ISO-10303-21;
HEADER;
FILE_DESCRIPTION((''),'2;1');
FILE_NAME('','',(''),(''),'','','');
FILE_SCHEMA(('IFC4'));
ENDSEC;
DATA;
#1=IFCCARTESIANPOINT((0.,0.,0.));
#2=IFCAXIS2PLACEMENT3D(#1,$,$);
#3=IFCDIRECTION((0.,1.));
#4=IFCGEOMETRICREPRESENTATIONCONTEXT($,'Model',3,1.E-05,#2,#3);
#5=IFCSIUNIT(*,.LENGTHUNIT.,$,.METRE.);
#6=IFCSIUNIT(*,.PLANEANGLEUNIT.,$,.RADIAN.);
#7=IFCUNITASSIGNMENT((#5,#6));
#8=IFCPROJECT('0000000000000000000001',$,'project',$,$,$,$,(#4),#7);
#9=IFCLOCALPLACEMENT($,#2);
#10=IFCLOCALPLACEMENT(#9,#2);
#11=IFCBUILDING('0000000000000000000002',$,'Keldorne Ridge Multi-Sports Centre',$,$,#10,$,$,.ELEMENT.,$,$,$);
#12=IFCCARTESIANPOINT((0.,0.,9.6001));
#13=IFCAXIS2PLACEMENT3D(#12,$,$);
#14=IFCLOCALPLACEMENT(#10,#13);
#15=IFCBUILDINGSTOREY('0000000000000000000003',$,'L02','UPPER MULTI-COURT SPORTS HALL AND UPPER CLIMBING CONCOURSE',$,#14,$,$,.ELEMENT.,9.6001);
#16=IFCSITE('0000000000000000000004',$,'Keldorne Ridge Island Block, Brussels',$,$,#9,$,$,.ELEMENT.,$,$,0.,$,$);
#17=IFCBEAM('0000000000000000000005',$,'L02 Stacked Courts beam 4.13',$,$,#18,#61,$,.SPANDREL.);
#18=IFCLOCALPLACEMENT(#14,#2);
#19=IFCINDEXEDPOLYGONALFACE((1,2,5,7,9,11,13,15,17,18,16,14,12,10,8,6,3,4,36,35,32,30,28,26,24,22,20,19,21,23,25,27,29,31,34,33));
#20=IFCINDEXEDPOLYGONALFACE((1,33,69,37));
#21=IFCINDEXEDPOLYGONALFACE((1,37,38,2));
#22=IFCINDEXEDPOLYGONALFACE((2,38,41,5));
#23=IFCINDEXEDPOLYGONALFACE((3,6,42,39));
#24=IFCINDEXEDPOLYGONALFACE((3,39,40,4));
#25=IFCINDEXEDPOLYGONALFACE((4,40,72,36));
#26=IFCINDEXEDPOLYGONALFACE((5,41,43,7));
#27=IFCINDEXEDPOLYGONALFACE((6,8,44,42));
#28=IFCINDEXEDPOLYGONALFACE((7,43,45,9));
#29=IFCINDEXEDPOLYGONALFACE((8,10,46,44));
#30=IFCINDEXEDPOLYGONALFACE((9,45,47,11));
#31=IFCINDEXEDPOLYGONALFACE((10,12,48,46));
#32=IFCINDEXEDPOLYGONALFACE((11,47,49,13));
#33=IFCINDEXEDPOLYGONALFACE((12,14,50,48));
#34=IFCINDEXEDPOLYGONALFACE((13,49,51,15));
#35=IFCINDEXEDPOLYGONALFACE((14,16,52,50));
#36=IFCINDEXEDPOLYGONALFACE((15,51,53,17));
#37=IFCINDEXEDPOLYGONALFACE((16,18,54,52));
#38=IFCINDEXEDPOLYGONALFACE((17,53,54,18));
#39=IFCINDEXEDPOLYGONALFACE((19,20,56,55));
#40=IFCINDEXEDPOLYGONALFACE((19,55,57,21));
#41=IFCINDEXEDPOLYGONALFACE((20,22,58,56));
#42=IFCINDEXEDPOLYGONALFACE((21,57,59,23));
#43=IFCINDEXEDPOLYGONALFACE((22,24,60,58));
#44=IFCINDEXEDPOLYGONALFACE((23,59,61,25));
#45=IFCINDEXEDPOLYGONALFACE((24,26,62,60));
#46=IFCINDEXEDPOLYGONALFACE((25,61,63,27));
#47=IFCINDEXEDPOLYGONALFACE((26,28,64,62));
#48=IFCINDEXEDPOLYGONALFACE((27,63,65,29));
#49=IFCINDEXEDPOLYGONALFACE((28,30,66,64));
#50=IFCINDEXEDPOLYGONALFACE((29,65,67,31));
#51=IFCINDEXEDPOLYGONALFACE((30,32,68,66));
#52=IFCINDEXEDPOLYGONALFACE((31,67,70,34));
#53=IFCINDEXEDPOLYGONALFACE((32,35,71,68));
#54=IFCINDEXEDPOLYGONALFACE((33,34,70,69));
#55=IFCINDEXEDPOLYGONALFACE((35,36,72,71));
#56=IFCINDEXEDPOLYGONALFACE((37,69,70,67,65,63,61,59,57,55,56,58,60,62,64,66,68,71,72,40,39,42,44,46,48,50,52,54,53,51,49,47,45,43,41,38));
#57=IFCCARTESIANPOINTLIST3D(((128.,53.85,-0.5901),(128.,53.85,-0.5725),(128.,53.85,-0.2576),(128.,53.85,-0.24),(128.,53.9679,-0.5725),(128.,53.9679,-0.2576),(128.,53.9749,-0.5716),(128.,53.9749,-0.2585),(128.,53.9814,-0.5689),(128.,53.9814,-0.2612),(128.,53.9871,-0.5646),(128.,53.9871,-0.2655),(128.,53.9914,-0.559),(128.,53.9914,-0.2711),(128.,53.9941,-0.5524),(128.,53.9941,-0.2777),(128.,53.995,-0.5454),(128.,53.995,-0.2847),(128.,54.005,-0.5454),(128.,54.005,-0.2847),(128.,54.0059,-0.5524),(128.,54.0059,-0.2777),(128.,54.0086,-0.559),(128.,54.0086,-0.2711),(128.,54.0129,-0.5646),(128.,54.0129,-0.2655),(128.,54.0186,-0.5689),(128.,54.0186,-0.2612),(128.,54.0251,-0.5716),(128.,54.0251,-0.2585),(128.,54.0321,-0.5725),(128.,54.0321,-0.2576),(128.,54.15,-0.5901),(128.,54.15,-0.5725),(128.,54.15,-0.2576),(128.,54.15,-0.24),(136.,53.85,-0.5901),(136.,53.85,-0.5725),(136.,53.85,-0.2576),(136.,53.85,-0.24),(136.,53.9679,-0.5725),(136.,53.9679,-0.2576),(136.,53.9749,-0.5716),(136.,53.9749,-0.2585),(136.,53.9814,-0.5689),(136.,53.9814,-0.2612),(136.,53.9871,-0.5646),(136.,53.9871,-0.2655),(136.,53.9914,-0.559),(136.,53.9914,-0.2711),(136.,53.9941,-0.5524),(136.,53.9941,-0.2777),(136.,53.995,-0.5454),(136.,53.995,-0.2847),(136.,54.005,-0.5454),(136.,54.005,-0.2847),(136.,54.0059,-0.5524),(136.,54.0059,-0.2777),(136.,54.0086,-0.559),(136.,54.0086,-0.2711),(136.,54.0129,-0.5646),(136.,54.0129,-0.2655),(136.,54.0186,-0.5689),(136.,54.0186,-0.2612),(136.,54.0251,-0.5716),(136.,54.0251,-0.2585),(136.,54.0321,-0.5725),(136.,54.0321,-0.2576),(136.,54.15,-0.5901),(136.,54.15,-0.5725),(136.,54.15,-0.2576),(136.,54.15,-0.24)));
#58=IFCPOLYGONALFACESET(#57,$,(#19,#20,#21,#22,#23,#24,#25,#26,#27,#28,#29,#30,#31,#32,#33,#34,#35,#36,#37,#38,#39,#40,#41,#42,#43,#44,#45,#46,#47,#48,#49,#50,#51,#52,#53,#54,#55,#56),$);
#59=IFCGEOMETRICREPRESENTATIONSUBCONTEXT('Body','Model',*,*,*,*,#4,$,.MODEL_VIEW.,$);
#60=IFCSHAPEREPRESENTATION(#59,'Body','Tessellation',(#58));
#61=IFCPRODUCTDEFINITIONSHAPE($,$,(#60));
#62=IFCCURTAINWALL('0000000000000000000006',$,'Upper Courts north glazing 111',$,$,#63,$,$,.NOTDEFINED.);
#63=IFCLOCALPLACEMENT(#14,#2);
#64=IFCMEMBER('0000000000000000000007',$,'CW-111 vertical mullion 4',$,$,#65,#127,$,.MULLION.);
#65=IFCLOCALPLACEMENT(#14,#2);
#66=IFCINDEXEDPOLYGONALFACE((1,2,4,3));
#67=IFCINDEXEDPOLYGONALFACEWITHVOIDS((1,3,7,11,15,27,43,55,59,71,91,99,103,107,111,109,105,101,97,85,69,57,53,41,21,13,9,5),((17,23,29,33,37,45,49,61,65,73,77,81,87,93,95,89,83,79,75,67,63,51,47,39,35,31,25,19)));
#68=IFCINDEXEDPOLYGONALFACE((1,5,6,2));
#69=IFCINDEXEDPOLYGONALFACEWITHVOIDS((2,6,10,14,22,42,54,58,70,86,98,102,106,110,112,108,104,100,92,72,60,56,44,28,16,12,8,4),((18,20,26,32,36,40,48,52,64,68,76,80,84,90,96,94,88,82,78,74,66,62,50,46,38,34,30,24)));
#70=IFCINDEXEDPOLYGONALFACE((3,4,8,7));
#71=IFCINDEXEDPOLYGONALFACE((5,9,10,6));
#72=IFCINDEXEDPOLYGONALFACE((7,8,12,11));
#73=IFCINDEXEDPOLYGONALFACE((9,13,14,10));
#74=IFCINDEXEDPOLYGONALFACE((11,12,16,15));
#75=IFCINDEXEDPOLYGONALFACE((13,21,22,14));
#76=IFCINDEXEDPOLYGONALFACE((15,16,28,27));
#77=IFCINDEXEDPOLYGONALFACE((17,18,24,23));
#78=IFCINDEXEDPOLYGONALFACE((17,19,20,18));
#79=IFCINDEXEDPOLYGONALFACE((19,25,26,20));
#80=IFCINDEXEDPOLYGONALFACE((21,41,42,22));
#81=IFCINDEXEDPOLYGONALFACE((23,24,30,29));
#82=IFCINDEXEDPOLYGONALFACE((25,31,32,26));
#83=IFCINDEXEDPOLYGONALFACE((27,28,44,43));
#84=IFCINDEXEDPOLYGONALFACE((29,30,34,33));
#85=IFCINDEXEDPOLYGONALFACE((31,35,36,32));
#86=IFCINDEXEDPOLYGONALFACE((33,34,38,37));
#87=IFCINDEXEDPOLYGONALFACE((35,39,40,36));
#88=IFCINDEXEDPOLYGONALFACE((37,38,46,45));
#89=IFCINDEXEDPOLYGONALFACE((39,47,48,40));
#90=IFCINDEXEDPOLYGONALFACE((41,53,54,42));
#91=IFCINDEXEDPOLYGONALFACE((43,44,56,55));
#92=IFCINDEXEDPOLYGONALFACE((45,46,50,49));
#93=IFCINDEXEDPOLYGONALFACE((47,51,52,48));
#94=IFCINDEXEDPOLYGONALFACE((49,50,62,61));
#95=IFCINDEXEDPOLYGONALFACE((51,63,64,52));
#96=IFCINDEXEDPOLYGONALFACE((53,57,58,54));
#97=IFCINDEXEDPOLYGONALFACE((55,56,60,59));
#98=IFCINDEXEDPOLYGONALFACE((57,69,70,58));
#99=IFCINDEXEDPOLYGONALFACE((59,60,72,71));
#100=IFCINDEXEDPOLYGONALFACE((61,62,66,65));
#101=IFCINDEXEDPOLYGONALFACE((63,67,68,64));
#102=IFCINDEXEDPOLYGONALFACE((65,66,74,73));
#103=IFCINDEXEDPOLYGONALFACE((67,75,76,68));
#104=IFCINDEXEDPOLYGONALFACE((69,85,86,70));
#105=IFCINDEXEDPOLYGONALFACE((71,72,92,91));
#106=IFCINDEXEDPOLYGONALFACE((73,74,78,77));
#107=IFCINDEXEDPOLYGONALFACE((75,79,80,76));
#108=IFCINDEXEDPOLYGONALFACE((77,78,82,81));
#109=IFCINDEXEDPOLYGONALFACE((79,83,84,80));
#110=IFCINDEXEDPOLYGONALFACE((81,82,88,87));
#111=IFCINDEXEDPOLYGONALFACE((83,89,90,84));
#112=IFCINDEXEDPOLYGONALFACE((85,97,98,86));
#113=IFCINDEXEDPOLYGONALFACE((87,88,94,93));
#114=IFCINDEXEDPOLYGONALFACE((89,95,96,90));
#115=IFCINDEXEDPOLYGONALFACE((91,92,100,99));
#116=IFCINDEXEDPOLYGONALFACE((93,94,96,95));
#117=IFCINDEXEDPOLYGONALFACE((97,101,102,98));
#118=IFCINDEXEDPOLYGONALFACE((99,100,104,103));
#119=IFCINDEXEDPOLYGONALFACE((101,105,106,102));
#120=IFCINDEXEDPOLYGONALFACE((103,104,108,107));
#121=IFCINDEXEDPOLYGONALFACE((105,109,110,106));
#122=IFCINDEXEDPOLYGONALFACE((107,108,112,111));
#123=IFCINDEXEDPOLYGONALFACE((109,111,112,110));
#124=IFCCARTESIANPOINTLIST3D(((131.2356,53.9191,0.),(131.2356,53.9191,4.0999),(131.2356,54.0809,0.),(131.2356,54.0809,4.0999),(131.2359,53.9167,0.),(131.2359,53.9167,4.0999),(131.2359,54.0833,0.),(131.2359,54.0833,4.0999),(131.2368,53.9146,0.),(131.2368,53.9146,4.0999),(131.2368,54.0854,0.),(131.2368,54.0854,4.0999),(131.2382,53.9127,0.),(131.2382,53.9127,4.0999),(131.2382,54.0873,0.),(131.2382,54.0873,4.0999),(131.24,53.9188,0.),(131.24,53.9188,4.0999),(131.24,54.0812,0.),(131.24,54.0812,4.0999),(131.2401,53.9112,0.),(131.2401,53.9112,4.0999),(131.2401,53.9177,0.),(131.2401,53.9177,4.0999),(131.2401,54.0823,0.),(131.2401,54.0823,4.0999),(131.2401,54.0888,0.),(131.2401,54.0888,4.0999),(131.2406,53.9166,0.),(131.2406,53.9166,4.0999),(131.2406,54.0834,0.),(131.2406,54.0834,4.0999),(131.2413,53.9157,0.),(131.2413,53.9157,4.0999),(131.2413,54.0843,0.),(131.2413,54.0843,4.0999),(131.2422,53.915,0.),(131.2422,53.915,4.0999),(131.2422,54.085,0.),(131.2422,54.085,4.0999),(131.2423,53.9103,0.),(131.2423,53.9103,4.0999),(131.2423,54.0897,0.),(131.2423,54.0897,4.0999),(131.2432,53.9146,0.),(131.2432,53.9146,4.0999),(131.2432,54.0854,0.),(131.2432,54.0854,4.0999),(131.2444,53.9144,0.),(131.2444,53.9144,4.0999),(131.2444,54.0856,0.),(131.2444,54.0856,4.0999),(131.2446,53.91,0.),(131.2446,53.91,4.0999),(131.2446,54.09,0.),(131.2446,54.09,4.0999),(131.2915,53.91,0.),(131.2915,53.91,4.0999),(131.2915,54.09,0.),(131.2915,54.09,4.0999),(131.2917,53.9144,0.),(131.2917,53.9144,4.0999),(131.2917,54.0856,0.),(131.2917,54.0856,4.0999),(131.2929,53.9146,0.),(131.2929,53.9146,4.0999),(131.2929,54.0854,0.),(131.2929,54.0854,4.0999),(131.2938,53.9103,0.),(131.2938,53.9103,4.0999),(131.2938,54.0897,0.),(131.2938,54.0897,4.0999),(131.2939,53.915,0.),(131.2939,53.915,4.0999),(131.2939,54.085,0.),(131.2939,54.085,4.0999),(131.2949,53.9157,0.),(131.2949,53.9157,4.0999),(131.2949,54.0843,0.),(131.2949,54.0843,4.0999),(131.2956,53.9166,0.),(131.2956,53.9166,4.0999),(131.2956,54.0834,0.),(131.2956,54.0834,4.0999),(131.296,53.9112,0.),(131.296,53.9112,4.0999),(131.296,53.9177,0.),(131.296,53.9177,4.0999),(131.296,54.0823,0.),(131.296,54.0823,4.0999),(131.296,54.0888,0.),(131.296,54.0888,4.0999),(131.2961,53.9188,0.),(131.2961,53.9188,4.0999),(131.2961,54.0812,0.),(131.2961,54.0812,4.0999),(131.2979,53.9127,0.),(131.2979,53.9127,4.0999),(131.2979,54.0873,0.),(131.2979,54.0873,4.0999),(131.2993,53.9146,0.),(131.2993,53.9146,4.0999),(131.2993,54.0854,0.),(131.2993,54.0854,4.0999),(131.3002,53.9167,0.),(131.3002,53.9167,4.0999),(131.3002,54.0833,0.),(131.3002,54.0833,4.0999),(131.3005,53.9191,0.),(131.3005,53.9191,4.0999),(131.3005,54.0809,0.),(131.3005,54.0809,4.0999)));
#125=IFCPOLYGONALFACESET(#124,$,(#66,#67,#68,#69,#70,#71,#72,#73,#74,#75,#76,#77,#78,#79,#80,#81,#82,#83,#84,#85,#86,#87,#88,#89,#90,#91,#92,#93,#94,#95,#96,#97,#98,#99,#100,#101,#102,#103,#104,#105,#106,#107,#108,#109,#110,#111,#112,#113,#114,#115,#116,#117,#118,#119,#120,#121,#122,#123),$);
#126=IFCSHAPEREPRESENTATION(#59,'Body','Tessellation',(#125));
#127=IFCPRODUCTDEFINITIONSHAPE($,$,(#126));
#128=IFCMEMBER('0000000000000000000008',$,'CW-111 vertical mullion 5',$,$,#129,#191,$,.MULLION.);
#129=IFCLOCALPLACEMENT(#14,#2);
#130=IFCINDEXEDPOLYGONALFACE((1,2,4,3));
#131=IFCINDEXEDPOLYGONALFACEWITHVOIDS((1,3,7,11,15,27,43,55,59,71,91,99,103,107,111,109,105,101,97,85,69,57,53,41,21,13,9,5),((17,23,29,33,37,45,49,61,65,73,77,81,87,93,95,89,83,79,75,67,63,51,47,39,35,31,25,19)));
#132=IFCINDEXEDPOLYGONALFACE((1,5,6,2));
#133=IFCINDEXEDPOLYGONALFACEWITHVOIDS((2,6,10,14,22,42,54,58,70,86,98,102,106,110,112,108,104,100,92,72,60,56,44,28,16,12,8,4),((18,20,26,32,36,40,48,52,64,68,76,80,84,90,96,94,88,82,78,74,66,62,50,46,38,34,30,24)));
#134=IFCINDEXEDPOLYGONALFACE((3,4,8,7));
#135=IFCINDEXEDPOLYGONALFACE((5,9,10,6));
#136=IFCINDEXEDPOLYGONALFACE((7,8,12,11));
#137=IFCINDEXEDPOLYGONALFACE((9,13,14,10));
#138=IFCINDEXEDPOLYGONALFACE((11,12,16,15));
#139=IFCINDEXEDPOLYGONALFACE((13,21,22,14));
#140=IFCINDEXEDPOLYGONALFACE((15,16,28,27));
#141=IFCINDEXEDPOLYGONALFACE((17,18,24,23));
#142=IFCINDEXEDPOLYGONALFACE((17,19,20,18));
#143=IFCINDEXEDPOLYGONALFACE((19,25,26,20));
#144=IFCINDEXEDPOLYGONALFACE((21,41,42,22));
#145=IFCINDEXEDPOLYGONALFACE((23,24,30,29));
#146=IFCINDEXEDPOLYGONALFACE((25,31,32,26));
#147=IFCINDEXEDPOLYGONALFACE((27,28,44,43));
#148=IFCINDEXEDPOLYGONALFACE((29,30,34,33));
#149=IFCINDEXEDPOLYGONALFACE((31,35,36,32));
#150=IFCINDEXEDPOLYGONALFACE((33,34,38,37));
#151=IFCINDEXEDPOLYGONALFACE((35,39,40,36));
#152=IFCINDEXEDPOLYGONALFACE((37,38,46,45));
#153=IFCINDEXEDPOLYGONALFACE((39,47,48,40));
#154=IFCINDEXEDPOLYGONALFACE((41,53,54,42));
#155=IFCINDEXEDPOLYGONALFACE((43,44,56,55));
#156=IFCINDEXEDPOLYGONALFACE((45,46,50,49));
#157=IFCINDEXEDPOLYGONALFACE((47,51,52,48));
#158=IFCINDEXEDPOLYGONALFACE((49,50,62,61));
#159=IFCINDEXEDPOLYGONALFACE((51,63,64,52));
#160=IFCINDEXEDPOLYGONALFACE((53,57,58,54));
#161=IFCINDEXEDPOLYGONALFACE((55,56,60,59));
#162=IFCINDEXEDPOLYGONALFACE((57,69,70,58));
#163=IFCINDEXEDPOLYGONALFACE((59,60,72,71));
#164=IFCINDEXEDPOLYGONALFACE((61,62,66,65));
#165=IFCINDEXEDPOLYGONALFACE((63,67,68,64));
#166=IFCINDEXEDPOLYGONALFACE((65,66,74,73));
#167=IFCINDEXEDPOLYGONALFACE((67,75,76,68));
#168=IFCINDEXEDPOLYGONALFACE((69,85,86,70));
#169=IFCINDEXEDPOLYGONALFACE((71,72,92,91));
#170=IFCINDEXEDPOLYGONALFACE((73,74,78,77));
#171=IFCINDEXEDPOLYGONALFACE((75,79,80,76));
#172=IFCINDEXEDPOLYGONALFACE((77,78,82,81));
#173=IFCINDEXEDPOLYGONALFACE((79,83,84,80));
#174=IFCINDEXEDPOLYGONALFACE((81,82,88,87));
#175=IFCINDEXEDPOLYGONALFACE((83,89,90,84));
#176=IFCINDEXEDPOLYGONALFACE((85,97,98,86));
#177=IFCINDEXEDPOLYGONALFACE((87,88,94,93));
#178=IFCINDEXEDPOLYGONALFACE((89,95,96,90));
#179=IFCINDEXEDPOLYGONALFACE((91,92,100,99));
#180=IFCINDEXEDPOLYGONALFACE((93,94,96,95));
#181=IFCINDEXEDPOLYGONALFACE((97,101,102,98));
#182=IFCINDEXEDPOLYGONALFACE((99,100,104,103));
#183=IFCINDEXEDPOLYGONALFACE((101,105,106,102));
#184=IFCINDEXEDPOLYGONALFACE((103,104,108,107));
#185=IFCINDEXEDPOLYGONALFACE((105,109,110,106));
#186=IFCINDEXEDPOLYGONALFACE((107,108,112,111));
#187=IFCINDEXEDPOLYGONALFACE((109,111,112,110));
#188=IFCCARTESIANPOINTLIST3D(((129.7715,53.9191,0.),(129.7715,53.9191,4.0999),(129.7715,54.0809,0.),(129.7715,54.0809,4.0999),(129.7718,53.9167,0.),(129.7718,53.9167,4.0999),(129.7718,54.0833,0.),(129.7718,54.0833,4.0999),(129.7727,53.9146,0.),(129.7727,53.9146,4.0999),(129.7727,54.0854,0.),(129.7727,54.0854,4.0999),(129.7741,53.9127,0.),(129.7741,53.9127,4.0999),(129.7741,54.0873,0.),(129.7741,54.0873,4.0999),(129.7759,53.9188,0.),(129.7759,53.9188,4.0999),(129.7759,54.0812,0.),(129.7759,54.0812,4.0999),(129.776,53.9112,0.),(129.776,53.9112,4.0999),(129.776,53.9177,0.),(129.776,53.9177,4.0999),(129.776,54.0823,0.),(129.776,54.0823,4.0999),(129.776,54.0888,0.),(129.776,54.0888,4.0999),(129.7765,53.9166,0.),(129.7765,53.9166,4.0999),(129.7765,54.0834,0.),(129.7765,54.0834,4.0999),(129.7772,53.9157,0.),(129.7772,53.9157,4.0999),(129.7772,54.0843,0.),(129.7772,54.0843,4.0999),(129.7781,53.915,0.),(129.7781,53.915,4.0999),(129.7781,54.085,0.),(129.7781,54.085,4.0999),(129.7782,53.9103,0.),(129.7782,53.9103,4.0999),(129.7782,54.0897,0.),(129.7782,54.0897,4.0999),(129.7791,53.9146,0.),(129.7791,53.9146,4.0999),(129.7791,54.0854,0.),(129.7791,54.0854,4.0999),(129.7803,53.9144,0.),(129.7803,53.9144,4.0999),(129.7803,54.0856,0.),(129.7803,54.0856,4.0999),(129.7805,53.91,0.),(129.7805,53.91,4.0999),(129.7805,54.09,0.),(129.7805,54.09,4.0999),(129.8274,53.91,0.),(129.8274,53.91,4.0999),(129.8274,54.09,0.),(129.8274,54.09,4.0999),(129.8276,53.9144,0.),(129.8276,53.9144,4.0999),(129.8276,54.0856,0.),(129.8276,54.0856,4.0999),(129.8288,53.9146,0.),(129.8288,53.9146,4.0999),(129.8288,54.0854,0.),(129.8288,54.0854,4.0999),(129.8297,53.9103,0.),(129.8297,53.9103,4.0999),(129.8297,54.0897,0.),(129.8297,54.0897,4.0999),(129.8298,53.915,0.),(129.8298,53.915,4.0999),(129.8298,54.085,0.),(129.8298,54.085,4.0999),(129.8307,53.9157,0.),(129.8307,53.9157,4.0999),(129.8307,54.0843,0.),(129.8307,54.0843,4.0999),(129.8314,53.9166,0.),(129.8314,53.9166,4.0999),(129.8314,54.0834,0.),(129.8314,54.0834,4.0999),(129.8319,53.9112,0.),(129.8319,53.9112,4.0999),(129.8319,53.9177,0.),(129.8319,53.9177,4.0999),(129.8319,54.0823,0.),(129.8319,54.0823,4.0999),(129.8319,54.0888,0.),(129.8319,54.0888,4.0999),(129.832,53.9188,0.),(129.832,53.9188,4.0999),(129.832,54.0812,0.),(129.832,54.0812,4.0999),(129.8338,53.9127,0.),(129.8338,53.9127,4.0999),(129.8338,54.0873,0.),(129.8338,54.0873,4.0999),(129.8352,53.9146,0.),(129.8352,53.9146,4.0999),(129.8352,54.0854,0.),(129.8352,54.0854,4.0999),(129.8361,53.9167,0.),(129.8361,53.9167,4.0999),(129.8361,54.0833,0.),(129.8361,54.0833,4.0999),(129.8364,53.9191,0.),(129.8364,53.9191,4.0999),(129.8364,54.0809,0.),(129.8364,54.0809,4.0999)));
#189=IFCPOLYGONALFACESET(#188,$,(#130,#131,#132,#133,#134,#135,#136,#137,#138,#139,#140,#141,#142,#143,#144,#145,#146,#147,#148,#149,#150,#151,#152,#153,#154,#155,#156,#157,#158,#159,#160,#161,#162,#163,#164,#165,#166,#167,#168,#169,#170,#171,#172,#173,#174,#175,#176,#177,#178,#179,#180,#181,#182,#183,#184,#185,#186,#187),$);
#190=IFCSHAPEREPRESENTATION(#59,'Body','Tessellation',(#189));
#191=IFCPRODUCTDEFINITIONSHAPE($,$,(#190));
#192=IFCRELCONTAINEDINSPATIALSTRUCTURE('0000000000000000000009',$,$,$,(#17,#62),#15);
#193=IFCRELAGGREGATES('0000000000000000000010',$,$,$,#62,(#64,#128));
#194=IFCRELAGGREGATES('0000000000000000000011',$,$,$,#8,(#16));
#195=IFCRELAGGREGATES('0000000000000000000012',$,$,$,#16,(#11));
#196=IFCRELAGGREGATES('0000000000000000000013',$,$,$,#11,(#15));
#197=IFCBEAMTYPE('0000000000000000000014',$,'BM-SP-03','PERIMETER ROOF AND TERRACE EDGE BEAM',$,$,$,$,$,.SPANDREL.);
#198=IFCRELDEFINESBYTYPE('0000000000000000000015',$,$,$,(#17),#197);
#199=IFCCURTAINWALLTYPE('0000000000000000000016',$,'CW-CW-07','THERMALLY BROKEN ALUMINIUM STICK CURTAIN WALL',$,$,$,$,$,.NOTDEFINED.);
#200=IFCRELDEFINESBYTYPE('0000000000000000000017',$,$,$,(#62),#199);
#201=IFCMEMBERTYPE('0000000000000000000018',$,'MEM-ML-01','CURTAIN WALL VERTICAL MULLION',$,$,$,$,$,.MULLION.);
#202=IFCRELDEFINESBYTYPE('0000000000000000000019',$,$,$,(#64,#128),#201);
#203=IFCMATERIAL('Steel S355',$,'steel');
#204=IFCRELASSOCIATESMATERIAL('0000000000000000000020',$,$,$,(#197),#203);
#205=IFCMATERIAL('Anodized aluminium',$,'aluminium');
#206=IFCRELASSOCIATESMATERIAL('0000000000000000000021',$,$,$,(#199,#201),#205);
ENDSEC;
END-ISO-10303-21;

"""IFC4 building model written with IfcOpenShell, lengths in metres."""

from ifc_helpers import new_model, si_unit, direction, frame, origin, origin_2d, place, context, subcontext, project, spatial, hollow_rectangle, i_section, extrude, material, material_profile, profile_set, type_object, element, aggregate, save


model = new_model("IFC4")

# Units and contexts
model_context = context("Model", 3, precision=1e-05, world=origin(), true_north=direction((0.0, 1.0)))
body_context = subcontext(model_context, "Body", "Model", "MODEL_VIEW")
ifc_project = project(units=[si_unit("LENGTHUNIT", "METRE"), si_unit("PLANEANGLEUNIT", "RADIAN")], contexts=[model_context])

# Site, building, storey
site_placement = place(None, origin())
site = spatial("IfcSite", under=ifc_project, at=site_placement, Name="Keldorne Ridge Island Block, Brussels", CompositionType="ELEMENT", RefElevation=0.0)
building_placement = place(site_placement, origin())
building = spatial("IfcBuilding", under=site, at=building_placement, Name="Keldorne Ridge Multi-Sports Centre", CompositionType="ELEMENT")
storey_placement = place(building_placement, frame((0.0, 0.0, 9.6001)))
storey = spatial("IfcBuildingStorey", under=building, at=storey_placement, Name="L02", Description="UPPER MULTI-COURT SPORTS HALL AND UPPER CLIMBING CONCOURSE", CompositionType="ELEMENT", Elevation=9.6001)

# Beam
ifc_material_1 = material(Name="Steel S355", Category="steel")
ifc_material_profile_1 = material_profile(ifc_material_1, i_section(OverallWidth=0.3, OverallDepth=0.3501, WebThickness=0.01, FlangeThickness=0.0176, FilletRadius=0.0271, at=origin_2d()), Name="HEA 360")
ifc_profile_set_1 = profile_set([ifc_material_profile_1], Name="Steel S355")
beam_type_1 = type_object("IfcBeamType", Name="BM-SP-03", Description="PERIMETER ROOF AND TERRACE EDGE BEAM", PredefinedType="SPANDREL", material=ifc_profile_set_1)
beam_placement = place(storey_placement, frame((128.0, 54.0, -0.415), z_axis=(1.0, 0.0, 0.0), x_axis=(0.0, 1.0, 0.0)))
element("IfcBeam", 1, at=beam_placement, inside=storey, type_object=beam_type_1, Name="L02 Stacked Courts beam 4.13", PredefinedType="SPANDREL", context=body_context, shape_type="SweptSolid", body=[
    extrude(i_section(OverallWidth=0.3, OverallDepth=0.3501, WebThickness=0.01, FlangeThickness=0.0176, FilletRadius=0.0271, at=origin_2d()), origin(), (0.0, 0.0, 1.0), 8.0),
])

# Curtain wall, members
ifc_material_2 = material(Name="Anodized aluminium", Category="aluminium")
curtain_wall_type = type_object("IfcCurtainWallType", Name="CW-CW-07", Description="THERMALLY BROKEN ALUMINIUM STICK CURTAIN WALL", PredefinedType="NOTDEFINED", material=ifc_material_2)
curtain_wall_placement = place(storey_placement, origin())
curtain_wall = element("IfcCurtainWall", 2, at=curtain_wall_placement, inside=storey, type_object=curtain_wall_type, Name="Upper Courts north glazing 111", PredefinedType="NOTDEFINED")
ifc_material_profile_2 = material_profile(ifc_material_2, hollow_rectangle(XDim=0.0649, YDim=0.1799, WallThickness=0.0044, InnerFilletRadius=0.0044, OuterFilletRadius=0.009, at=origin_2d()), Name="ALU MULLION 180x65x4.5")
ifc_profile_set_2 = profile_set([ifc_material_profile_2], Name="Anodized aluminium")
member_type_1 = type_object("IfcMemberType", Name="MEM-ML-01", Description="CURTAIN WALL VERTICAL MULLION", PredefinedType="MULLION", material=ifc_profile_set_2)
member_1_placement = place(storey_placement, frame((131.2681, 54.0, 0.0), z_axis=(0.0, 0.0, 1.0), x_axis=(1.0, 0.0, 0.0)))
member_1 = element("IfcMember", 3, at=member_1_placement, type_object=member_type_1, Name="CW-111 vertical mullion 4", PredefinedType="MULLION", context=body_context, shape_type="SweptSolid", body=[
    extrude(hollow_rectangle(XDim=0.0649, YDim=0.1799, WallThickness=0.0044, InnerFilletRadius=0.0044, OuterFilletRadius=0.009, at=origin_2d()), origin(), (0.0, 0.0, 1.0), 4.0999),
])
member_2_placement = place(storey_placement, frame((129.804, 54.0, 0.0), z_axis=(0.0, 0.0, 1.0), x_axis=(1.0, 0.0, 0.0)))
member_2 = element("IfcMember", 4, at=member_2_placement, type_object=member_type_1, Name="CW-111 vertical mullion 5", PredefinedType="MULLION", context=body_context, shape_type="SweptSolid", body=[
    extrude(hollow_rectangle(XDim=0.0649, YDim=0.1799, WallThickness=0.0044, InnerFilletRadius=0.0044, OuterFilletRadius=0.009, at=origin_2d()), origin(), (0.0, 0.0, 1.0), 4.0999),
])
aggregate(curtain_wall, [member_1, member_2])

save(model, "model.ifc")
